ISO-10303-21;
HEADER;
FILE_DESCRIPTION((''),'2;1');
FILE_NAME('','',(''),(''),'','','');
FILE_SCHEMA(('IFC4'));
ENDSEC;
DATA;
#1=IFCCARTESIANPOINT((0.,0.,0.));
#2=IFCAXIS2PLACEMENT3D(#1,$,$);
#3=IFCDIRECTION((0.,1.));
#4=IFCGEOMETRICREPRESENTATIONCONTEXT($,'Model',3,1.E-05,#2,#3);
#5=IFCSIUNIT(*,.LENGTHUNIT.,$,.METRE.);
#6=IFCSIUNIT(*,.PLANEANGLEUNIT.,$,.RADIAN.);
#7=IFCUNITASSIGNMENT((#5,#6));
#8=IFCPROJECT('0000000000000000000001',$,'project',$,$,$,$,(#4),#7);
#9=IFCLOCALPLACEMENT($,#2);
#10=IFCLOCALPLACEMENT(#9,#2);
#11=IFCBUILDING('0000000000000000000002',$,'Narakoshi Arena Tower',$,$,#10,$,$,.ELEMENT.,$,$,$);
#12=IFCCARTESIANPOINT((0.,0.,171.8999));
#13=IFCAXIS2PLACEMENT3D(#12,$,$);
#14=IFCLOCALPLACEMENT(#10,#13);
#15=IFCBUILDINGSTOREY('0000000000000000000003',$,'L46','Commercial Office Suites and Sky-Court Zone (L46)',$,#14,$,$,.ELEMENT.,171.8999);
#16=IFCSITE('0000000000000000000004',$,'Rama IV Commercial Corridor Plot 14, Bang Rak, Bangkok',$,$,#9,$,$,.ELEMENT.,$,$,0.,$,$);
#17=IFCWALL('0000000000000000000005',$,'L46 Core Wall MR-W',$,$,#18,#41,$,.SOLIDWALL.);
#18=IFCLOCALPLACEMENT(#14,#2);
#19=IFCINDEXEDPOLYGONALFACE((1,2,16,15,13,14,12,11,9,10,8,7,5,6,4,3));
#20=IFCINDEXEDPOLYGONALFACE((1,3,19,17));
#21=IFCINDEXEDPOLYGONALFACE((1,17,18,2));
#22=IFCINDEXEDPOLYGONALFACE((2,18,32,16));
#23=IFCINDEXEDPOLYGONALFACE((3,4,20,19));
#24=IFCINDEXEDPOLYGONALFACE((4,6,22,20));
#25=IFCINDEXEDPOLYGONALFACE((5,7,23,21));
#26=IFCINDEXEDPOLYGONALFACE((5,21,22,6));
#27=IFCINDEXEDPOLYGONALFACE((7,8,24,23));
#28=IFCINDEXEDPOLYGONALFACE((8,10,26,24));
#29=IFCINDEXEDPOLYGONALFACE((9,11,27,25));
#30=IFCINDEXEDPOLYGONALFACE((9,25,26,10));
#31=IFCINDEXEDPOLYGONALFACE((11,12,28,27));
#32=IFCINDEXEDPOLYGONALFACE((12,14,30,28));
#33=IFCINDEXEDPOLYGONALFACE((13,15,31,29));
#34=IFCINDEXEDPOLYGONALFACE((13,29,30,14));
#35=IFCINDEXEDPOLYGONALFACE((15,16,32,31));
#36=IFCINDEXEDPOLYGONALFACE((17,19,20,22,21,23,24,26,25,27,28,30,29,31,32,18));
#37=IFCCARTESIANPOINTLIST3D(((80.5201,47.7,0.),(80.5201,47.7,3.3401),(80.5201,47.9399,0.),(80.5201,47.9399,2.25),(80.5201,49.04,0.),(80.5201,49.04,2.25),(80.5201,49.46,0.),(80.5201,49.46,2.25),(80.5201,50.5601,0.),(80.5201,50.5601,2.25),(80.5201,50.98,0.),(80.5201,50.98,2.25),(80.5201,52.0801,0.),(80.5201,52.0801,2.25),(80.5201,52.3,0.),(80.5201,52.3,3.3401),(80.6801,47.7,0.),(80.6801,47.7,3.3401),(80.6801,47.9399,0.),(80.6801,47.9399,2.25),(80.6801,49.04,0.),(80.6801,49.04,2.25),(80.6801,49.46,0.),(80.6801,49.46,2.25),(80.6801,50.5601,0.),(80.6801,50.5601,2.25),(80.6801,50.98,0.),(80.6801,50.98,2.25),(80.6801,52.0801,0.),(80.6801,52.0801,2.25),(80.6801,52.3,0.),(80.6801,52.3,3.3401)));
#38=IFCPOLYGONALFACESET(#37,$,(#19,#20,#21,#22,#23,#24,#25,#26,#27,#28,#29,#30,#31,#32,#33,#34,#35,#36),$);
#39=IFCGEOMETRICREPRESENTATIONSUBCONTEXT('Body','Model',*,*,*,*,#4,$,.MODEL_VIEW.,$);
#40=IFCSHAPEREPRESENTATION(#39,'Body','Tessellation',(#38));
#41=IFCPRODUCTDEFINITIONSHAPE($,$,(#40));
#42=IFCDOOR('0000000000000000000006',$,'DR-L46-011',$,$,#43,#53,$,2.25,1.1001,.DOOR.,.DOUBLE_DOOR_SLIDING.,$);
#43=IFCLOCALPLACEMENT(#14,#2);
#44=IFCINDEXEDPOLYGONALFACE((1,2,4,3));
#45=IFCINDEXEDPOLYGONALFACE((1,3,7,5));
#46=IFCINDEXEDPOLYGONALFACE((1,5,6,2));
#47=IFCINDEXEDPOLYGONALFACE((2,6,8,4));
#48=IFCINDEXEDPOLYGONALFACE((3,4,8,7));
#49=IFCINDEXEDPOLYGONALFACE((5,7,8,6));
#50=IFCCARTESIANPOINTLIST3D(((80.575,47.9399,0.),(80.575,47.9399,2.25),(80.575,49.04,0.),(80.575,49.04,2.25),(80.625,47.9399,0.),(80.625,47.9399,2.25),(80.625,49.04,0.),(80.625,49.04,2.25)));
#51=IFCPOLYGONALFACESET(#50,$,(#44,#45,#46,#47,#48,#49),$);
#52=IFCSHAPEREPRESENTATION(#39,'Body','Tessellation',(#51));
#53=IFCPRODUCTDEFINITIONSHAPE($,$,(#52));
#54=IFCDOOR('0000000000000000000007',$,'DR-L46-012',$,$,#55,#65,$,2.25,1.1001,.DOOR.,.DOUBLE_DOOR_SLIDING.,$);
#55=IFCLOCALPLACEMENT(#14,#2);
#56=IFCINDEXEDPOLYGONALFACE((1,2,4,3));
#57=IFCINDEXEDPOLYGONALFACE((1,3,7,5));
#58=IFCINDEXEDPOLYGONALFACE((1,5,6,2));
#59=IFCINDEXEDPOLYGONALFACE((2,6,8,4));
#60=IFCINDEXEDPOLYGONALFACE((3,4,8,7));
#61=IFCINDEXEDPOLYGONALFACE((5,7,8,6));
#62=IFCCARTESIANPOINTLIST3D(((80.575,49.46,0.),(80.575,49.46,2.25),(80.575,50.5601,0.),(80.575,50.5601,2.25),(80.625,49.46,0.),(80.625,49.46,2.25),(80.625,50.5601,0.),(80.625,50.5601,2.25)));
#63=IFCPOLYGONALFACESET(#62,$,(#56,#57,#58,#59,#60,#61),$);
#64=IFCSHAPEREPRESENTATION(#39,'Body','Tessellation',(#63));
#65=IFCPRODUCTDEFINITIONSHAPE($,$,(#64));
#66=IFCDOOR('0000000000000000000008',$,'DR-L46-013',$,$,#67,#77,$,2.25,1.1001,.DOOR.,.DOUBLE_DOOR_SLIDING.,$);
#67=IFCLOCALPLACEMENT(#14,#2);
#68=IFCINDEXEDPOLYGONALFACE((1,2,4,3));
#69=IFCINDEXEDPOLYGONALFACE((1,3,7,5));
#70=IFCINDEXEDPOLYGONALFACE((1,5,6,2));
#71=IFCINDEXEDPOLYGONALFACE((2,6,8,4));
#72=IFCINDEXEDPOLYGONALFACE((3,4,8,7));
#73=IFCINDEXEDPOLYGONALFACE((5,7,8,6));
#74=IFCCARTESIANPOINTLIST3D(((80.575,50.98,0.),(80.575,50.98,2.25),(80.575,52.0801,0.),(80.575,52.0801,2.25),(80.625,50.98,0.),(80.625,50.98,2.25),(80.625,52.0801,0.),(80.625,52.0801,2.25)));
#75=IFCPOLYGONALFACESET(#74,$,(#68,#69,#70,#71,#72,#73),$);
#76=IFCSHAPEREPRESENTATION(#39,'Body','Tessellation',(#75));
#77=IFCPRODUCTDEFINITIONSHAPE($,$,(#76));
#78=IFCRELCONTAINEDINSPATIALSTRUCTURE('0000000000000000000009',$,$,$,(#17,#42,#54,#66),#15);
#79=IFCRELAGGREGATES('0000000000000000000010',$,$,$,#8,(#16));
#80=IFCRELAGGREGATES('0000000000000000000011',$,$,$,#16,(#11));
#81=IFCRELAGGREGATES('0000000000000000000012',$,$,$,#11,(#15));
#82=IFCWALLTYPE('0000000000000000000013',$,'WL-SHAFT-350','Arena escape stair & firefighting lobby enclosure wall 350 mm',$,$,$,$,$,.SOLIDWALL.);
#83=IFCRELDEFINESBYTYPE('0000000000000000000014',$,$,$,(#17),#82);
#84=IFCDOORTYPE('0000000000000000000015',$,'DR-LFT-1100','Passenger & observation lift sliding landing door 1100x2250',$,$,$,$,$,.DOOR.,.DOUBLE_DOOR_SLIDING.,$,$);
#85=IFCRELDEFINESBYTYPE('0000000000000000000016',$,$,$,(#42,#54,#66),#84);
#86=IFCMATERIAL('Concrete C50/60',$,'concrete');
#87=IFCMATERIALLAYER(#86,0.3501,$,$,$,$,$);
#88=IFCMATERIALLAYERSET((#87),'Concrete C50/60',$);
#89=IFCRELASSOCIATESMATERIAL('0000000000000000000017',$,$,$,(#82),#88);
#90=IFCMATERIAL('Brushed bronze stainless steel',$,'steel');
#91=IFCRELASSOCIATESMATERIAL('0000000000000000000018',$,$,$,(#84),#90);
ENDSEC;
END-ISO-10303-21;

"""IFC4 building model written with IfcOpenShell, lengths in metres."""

from ifc_helpers import new_model, si_unit, direction, frame, frame_2d, origin, place, context, subcontext, project, spatial, rectangle, extrude, material, layer, layer_set, type_object, element, fill, save


model = new_model("IFC4")

# Units and contexts
model_context = context("Model", 3, precision=1e-05, world=origin(), true_north=direction((0.0, 1.0)))
body_context = subcontext(model_context, "Body", "Model", "MODEL_VIEW")
ifc_project = project(units=[si_unit("LENGTHUNIT", "METRE"), si_unit("PLANEANGLEUNIT", "RADIAN")], contexts=[model_context])

# Site, building, storey
site_placement = place(None, origin())
site = spatial("IfcSite", under=ifc_project, at=site_placement, Name="Rama IV Commercial Corridor Plot 14, Bang Rak, Bangkok", CompositionType="ELEMENT", RefElevation=0.0)
building_placement = place(site_placement, origin())
building = spatial("IfcBuilding", under=site, at=building_placement, Name="Narakoshi Arena Tower", CompositionType="ELEMENT")
storey_placement = place(building_placement, frame((0.0, 0.0, 171.8999)))
storey = spatial("IfcBuildingStorey", under=building, at=storey_placement, Name="L46", Description="Commercial Office Suites and Sky-Court Zone (L46)", CompositionType="ELEMENT", Elevation=171.8999)

# Shared definitions
ifc_material_1 = material(Name="Concrete C50/60", Category="concrete")

# Shared definitions
ifc_layer_1 = layer(ifc_material_1, 0.3501)
ifc_layer_set_1 = layer_set([ifc_layer_1], Name="Concrete C50/60")
wall_type_1 = type_object("IfcWallType", Name="WL-SHAFT-350", Description="Arena escape stair & firefighting lobby enclosure wall 350 mm", PredefinedType="SOLIDWALL", material=ifc_layer_set_1)

# Wall, openings, doors
wall_1_placement = place(storey_placement, frame((80.6001, 47.7, 0.0), z_axis=(0.0, 0.0, 1.0), x_axis=(0.0, 1.0, 0.0)))
wall_1 = element("IfcWall", 1, at=wall_1_placement, inside=storey, type_object=wall_type_1, Name="L46 Core Wall MR-W", PredefinedType="SOLIDWALL", context=body_context, shape_type="SweptSolid", body=[
    extrude(rectangle(XDim=4.6001, YDim=0.1599, at=frame_2d((2.3, 0.0))), origin(), (0.0, 0.0, 1.0), 3.3401),
])
opening_1_placement = place(wall_1_placement, frame((0.24, 0.0, 0.0)))
opening_1 = element("IfcOpeningElement", 2, at=opening_1_placement, cuts=wall_1, PredefinedType="OPENING", context=body_context, shape_type="SweptSolid", body=[
    extrude(rectangle(XDim=1.1001, YDim=2.25, at=frame_2d((0.55, 1.125))), frame((0.0, 0.0898, 0.0), z_axis=(0.0, -1.0, 0.0), x_axis=(1.0, 0.0, 0.0)), (0.0, 0.0, 1.0), 0.1799),
])
opening_2_placement = place(wall_1_placement, frame((1.76, 0.0, 0.0)))
opening_2 = element("IfcOpeningElement", 3, at=opening_2_placement, cuts=wall_1, PredefinedType="OPENING", context=body_context, shape_type="SweptSolid", body=[
    extrude(rectangle(XDim=1.1001, YDim=2.25, at=frame_2d((0.55, 1.125))), frame((0.0, 0.0898, 0.0), z_axis=(0.0, -1.0, 0.0), x_axis=(1.0, 0.0, 0.0)), (0.0, 0.0, 1.0), 0.1799),
])
opening_3_placement = place(wall_1_placement, frame((3.28, 0.0, 0.0)))
opening_3 = element("IfcOpeningElement", 4, at=opening_3_placement, cuts=wall_1, PredefinedType="OPENING", context=body_context, shape_type="SweptSolid", body=[
    extrude(rectangle(XDim=1.1001, YDim=2.25, at=frame_2d((0.55, 1.125))), frame((0.0, 0.0898, 0.0), z_axis=(0.0, -1.0, 0.0), x_axis=(1.0, 0.0, 0.0)), (0.0, 0.0, 1.0), 0.1799),
])
ifc_material_2 = material(Name="Brushed bronze stainless steel", Category="steel")
door_type_1 = type_object("IfcDoorType", Name="DR-LFT-1100", Description="Passenger & observation lift sliding landing door 1100x2250", OperationType="DOUBLE_DOOR_SLIDING", PredefinedType="DOOR", material=ifc_material_2)
door_1_placement = place(opening_1_placement, frame((1.1001, 0.0, 0.0), z_axis=(0.0, 0.0, 1.0), x_axis=(-1.0, 0.0, 0.0)))
door_1 = element("IfcDoor", 5, at=door_1_placement, inside=storey, type_object=door_type_1, Name="DR-L46-011", OperationType="DOUBLE_DOOR_SLIDING", OverallHeight=2.25, OverallWidth=1.1001, PredefinedType="DOOR", context=body_context, shape_type="SweptSolid", body=[
    extrude(rectangle(XDim=1.1001, YDim=2.25, at=frame_2d((0.55, 1.125))), frame((0.0, 0.0249, 0.0), z_axis=(0.0, -1.0, 0.0), x_axis=(1.0, 0.0, 0.0)), (0.0, 0.0, 1.0), 0.05),
])
fill(opening_1, door_1)
door_2_placement = place(opening_2_placement, frame((1.1001, 0.0, 0.0), z_axis=(0.0, 0.0, 1.0), x_axis=(-1.0, 0.0, 0.0)))
door_2 = element("IfcDoor", 6, at=door_2_placement, inside=storey, type_object=door_type_1, Name="DR-L46-012", OperationType="DOUBLE_DOOR_SLIDING", OverallHeight=2.25, OverallWidth=1.1001, PredefinedType="DOOR", context=body_context, shape_type="SweptSolid", body=[
    extrude(rectangle(XDim=1.1001, YDim=2.25, at=frame_2d((0.55, 1.125))), frame((0.0, 0.0249, 0.0), z_axis=(0.0, -1.0, 0.0), x_axis=(1.0, 0.0, 0.0)), (0.0, 0.0, 1.0), 0.05),
])
fill(opening_2, door_2)
door_3_placement = place(opening_3_placement, frame((1.1001, 0.0, 0.0), z_axis=(0.0, 0.0, 1.0), x_axis=(-1.0, 0.0, 0.0)))
door_3 = element("IfcDoor", 7, at=door_3_placement, inside=storey, type_object=door_type_1, Name="DR-L46-013", OperationType="DOUBLE_DOOR_SLIDING", OverallHeight=2.25, OverallWidth=1.1001, PredefinedType="DOOR", context=body_context, shape_type="SweptSolid", body=[
    extrude(rectangle(XDim=1.1001, YDim=2.25, at=frame_2d((0.55, 1.125))), frame((0.0, 0.0249, 0.0), z_axis=(0.0, -1.0, 0.0), x_axis=(1.0, 0.0, 0.0)), (0.0, 0.0, 1.0), 0.05),
])
fill(opening_3, door_3)

save(model, "model.ifc")
